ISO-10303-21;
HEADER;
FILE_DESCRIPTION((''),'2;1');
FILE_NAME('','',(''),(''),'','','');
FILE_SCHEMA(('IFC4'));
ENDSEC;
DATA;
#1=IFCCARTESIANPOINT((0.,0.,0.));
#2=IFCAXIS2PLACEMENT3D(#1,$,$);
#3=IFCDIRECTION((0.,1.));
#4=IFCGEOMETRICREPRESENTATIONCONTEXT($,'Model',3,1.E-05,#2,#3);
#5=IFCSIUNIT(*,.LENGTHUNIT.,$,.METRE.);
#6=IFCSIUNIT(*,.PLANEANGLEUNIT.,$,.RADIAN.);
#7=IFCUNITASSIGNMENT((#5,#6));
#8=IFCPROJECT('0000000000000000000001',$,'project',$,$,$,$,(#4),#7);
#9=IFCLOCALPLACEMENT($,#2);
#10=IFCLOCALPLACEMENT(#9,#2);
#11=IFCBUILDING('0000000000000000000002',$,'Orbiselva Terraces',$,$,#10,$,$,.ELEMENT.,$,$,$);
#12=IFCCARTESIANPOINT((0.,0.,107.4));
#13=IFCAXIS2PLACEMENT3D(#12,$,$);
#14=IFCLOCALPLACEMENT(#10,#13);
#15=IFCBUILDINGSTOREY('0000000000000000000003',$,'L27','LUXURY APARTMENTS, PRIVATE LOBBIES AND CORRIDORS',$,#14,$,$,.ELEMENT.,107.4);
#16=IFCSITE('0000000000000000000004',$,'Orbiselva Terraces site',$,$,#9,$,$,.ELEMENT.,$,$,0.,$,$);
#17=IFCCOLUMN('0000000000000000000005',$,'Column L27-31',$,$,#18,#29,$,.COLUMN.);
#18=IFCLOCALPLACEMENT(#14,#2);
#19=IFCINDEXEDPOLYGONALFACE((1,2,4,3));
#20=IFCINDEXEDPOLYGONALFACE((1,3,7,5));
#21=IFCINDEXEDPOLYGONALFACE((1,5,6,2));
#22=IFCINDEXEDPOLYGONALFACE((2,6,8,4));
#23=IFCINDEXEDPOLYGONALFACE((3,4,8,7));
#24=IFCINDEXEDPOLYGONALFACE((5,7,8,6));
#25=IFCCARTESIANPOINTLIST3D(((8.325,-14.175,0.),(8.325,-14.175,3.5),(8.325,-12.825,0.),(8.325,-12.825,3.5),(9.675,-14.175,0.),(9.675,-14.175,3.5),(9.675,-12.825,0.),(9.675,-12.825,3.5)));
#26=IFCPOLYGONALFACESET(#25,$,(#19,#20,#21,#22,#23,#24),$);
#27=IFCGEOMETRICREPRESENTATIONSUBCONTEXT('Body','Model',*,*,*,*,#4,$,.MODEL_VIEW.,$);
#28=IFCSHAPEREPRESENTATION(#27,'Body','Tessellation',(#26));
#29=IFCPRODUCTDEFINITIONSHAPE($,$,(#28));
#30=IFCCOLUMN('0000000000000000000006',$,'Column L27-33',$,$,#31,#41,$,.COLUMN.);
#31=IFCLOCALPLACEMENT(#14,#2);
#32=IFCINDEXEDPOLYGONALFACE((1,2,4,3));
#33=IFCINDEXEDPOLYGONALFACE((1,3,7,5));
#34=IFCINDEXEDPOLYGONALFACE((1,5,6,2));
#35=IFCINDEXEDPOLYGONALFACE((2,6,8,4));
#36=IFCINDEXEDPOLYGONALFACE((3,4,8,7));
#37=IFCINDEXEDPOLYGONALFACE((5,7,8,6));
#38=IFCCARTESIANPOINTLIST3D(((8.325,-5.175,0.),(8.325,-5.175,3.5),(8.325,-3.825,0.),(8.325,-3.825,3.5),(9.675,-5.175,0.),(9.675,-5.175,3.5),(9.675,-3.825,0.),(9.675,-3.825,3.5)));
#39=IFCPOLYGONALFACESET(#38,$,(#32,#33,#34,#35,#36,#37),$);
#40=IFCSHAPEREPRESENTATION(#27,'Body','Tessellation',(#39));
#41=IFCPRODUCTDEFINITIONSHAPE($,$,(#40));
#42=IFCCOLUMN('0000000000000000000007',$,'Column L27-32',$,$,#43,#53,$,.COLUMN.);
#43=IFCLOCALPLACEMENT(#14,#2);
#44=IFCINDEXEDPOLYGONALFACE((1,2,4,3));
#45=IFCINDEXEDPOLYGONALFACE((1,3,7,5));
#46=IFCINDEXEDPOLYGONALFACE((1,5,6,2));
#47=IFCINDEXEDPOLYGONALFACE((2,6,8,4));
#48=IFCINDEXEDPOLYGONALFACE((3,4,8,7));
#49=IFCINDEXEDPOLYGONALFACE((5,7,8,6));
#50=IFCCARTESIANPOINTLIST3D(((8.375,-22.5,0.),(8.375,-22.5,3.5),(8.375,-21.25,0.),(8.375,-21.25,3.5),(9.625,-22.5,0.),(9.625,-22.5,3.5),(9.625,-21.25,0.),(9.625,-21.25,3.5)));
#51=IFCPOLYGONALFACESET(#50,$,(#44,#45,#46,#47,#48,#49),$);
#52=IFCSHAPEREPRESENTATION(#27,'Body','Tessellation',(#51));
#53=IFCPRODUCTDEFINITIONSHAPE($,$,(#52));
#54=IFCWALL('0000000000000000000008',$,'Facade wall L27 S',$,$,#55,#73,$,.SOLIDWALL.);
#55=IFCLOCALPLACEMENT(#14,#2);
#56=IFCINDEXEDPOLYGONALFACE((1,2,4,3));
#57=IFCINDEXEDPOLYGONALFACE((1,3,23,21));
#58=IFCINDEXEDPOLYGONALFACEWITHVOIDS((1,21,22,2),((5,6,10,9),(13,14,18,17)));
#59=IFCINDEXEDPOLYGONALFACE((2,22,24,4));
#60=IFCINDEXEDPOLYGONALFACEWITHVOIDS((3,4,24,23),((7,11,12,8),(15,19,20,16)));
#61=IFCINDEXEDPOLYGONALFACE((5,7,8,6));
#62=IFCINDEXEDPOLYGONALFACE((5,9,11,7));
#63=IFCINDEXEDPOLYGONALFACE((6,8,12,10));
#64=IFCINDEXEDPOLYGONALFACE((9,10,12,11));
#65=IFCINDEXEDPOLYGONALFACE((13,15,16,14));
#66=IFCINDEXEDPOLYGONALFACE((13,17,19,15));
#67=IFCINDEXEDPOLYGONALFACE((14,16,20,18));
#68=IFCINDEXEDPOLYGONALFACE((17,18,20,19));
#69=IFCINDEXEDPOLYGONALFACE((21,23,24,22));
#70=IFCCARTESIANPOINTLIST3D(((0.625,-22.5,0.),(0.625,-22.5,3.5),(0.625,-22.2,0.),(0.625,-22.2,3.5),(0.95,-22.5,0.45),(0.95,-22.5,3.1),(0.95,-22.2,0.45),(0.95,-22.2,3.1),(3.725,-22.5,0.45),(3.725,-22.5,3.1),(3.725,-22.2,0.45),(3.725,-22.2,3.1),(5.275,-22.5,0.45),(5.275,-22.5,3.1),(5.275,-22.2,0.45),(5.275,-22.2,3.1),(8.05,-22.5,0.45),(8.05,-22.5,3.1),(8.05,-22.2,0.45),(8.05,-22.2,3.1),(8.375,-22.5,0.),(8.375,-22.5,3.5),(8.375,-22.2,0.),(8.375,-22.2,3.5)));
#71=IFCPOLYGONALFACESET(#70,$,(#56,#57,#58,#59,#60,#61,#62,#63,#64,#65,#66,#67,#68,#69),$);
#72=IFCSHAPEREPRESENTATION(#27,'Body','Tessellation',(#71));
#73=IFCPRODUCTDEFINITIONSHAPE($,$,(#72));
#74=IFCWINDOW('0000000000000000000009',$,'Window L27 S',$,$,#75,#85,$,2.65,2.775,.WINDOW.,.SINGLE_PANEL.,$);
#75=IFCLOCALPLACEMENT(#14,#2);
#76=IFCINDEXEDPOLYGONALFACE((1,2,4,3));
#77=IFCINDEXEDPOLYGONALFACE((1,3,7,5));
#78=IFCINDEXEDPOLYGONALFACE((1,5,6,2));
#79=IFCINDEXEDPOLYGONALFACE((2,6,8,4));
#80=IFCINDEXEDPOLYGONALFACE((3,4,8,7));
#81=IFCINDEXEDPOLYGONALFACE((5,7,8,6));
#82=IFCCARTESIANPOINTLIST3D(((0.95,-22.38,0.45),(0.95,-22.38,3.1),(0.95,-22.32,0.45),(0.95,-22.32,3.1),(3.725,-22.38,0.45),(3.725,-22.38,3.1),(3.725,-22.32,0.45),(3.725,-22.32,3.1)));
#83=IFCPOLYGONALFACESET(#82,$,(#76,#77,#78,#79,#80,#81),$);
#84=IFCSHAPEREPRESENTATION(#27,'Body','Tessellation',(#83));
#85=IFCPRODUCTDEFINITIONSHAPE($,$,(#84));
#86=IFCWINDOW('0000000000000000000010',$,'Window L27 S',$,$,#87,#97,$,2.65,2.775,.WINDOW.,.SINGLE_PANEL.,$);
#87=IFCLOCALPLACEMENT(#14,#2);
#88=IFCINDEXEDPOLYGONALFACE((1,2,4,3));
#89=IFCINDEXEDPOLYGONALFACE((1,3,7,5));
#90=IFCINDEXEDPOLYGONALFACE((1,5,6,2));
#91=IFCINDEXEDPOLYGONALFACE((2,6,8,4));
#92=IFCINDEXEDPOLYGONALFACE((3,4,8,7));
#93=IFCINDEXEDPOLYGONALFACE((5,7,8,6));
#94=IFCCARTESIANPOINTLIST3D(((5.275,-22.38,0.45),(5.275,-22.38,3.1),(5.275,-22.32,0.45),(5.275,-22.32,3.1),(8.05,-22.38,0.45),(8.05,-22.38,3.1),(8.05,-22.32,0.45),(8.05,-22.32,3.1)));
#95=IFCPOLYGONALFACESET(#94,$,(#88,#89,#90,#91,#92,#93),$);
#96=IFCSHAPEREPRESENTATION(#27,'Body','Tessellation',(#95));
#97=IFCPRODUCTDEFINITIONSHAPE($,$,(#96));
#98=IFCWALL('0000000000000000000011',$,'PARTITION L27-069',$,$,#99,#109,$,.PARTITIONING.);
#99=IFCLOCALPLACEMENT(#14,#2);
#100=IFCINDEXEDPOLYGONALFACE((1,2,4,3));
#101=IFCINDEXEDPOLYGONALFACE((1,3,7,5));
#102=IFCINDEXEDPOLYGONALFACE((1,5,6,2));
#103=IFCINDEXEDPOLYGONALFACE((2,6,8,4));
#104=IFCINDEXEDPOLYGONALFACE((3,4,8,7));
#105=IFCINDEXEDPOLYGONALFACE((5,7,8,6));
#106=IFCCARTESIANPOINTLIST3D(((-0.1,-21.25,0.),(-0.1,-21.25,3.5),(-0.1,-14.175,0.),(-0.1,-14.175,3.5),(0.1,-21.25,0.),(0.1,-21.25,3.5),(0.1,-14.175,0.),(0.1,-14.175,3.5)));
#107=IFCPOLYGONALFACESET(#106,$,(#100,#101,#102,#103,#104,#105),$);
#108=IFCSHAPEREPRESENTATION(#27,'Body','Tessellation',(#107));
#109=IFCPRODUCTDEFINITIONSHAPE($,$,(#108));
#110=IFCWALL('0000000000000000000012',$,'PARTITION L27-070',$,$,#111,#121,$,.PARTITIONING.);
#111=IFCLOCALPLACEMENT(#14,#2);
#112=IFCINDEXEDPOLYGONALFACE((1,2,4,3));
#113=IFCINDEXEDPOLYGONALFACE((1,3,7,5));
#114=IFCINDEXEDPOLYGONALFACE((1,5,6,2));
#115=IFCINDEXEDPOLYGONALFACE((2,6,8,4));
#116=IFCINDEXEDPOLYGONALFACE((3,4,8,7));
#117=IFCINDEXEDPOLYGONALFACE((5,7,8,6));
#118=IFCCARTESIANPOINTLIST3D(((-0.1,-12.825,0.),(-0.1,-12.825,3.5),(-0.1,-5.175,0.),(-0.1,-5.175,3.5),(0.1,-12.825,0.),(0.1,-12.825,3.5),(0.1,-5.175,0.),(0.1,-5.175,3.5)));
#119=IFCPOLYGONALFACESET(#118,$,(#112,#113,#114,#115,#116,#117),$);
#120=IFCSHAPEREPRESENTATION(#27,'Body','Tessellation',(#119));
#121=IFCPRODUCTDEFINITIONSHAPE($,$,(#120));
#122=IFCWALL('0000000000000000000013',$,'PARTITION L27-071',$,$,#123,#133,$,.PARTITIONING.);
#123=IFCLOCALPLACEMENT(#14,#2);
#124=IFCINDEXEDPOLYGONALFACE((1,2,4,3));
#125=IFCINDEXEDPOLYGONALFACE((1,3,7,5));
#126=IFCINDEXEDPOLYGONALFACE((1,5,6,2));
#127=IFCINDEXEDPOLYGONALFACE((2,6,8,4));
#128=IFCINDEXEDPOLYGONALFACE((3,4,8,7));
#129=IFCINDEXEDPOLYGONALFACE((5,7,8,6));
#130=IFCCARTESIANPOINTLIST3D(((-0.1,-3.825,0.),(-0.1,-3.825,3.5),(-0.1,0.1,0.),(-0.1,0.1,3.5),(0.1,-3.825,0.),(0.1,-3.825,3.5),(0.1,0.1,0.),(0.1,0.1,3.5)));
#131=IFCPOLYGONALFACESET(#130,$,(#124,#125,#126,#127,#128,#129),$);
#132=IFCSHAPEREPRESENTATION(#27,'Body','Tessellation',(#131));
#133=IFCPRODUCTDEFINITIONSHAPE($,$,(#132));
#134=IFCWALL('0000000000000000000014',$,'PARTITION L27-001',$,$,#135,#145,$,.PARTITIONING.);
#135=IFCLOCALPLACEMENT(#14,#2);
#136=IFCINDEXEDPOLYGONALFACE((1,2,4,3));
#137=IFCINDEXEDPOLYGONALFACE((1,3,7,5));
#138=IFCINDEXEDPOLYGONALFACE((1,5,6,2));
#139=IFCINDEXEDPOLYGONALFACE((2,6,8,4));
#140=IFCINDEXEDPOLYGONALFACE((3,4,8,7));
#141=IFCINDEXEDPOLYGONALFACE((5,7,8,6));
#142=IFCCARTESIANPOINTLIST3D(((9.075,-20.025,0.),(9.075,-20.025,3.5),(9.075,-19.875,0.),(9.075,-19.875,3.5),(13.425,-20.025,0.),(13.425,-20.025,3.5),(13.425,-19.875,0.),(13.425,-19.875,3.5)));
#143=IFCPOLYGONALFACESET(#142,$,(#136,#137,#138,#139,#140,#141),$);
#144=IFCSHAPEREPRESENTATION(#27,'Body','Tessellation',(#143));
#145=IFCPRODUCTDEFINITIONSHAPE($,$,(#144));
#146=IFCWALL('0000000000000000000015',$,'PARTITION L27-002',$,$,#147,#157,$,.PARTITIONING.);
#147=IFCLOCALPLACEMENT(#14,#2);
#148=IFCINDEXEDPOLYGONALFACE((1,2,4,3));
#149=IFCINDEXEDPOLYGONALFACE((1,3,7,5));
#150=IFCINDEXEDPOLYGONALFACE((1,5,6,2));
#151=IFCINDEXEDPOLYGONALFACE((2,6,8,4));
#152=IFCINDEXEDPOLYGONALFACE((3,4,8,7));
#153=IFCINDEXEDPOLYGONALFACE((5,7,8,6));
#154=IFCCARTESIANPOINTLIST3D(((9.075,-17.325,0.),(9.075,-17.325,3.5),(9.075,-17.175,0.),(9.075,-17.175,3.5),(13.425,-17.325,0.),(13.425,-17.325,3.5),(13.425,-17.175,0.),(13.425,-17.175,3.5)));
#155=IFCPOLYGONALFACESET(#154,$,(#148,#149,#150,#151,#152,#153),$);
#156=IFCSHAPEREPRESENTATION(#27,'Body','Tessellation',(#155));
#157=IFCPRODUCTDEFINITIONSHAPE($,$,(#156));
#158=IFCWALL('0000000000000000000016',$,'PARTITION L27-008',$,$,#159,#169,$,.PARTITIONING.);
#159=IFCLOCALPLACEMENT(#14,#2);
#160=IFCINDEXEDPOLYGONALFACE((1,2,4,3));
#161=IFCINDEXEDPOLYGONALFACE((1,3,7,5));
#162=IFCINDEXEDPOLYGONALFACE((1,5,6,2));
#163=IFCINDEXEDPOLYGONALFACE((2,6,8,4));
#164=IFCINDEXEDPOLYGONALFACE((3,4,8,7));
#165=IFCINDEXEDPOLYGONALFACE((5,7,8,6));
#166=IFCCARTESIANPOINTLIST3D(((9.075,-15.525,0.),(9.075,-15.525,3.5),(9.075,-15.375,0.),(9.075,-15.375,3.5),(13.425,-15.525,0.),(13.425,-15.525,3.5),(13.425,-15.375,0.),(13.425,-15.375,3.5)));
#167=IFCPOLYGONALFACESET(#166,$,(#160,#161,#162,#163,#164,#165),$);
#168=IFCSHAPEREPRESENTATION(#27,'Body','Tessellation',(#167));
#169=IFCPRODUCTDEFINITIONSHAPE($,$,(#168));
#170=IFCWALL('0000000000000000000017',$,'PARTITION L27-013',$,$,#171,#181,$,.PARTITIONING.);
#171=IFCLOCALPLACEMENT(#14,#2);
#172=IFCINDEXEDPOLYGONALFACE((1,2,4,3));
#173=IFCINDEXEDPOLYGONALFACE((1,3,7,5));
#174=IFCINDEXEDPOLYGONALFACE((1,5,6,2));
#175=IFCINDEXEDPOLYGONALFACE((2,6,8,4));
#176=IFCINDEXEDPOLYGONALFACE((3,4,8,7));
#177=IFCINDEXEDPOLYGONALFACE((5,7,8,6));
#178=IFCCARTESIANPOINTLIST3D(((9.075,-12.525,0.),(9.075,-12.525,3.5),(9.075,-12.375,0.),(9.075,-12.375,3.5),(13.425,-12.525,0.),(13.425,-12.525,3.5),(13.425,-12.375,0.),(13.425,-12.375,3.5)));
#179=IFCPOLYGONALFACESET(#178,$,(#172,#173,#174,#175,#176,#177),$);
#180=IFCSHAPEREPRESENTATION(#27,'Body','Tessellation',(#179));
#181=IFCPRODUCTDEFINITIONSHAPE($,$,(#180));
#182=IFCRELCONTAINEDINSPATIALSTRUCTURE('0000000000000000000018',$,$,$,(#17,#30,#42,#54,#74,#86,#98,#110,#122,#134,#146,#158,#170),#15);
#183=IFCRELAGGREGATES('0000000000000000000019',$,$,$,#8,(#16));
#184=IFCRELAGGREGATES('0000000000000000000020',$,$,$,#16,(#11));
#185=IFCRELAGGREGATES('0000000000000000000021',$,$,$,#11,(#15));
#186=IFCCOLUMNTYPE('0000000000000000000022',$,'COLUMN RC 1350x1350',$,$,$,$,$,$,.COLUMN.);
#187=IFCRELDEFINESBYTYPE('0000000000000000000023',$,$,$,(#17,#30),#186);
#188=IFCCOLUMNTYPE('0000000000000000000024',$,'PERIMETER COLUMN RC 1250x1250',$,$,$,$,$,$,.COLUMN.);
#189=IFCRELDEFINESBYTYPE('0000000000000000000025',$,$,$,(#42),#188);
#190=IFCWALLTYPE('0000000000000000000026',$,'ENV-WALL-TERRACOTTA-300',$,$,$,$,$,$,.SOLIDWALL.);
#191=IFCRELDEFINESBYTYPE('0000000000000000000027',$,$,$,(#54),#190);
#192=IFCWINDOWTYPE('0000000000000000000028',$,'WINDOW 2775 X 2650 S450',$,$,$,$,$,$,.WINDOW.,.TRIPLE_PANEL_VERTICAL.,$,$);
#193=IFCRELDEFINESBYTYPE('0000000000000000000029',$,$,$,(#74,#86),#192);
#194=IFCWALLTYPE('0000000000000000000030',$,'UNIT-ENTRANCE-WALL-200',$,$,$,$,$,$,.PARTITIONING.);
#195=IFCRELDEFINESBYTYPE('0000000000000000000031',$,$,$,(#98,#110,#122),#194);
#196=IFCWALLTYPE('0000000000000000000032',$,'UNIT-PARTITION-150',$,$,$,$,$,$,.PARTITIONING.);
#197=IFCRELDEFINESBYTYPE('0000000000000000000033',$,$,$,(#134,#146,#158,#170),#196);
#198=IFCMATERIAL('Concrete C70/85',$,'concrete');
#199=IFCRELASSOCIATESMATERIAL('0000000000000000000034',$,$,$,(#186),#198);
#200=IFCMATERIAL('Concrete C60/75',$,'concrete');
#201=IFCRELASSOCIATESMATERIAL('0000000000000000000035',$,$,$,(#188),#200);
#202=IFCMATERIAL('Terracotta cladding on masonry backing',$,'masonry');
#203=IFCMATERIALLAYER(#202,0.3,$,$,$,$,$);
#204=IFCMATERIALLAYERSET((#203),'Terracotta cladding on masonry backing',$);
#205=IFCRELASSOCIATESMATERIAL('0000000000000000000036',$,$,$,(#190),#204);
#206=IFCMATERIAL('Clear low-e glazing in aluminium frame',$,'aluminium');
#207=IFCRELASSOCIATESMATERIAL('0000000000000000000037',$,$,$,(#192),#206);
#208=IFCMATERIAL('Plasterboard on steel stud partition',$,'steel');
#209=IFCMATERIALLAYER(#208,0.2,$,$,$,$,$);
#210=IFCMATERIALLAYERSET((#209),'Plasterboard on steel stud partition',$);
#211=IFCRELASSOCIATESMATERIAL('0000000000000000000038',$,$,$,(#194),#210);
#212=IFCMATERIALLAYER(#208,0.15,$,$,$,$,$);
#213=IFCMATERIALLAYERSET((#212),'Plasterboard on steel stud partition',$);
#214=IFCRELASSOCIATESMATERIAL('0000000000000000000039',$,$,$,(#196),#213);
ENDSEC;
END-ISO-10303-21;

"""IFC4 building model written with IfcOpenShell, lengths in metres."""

from ifc_helpers import new_model, si_unit, direction, frame, frame_2d, origin, origin_2d, place, context, subcontext, project, spatial, rectangle, extrude, material, layer, layer_set, material_profile, profile_set, type_object, element, fill, save


model = new_model("IFC4")

# Units and contexts
model_context = context("Model", 3, precision=1e-05, world=origin(), true_north=direction((0.0, 1.0)))
body_context = subcontext(model_context, "Body", "Model", "MODEL_VIEW")
ifc_project = project(units=[si_unit("LENGTHUNIT", "METRE"), si_unit("PLANEANGLEUNIT", "RADIAN")], contexts=[model_context])

# Site, building, storey
site_placement = place(None, origin())
site = spatial("IfcSite", under=ifc_project, at=site_placement, Name="Orbiselva Terraces site", CompositionType="ELEMENT", RefElevation=0.0)
building_placement = place(site_placement, origin())
building = spatial("IfcBuilding", under=site, at=building_placement, Name="Orbiselva Terraces", CompositionType="ELEMENT")
storey_placement = place(building_placement, frame((0.0, 0.0, 107.4)))
storey = spatial("IfcBuildingStorey", under=building, at=storey_placement, Name="L27", Description="LUXURY APARTMENTS, PRIVATE LOBBIES AND CORRIDORS", CompositionType="ELEMENT", Elevation=107.4)

# Columns
ifc_material_1 = material(Name="Concrete C70/85", Category="concrete")
ifc_material_profile_1 = material_profile(ifc_material_1, rectangle(XDim=1.35, YDim=1.35, at=origin_2d()), Name="RC 1350x1350")
ifc_profile_set_1 = profile_set([ifc_material_profile_1], Name="Concrete C70/85")
column_type_1 = type_object("IfcColumnType", Name="COLUMN RC 1350x1350", PredefinedType="COLUMN", material=ifc_profile_set_1)
for number, where, z_axis, x_axis, name in (
    (1, (9.0, -13.5, 0.0), (0.0, 0.0, 1.0), (1.0, 0.0, 0.0), "Column L27-31"),
    (2, (9.0, -4.5, 0.0), (0.0, 0.0, 1.0), (1.0, 0.0, 0.0), "Column L27-33"),
):
    element("IfcColumn", number, at=place(storey_placement, frame(where, z_axis=z_axis, x_axis=x_axis)), inside=storey, type_object=column_type_1, Name=name, PredefinedType="COLUMN", context=body_context, shape_type="SweptSolid", body=[
        extrude(rectangle(XDim=1.35, YDim=1.35, at=origin_2d()), origin(), (0.0, 0.0, 1.0), 3.5),
    ])
ifc_material_2 = material(Name="Concrete C60/75", Category="concrete")
ifc_material_profile_2 = material_profile(ifc_material_2, rectangle(XDim=1.25, YDim=1.25, at=origin_2d()), Name="RC 1250x1250")
ifc_profile_set_2 = profile_set([ifc_material_profile_2], Name="Concrete C60/75")
column_type_2 = type_object("IfcColumnType", Name="PERIMETER COLUMN RC 1250x1250", PredefinedType="COLUMN", material=ifc_profile_set_2)
column_placement = place(storey_placement, frame((9.0, -21.875, 0.0), z_axis=(0.0, 0.0, 1.0), x_axis=(1.0, 0.0, 0.0)))
element("IfcColumn", 3, at=column_placement, inside=storey, type_object=column_type_2, Name="Column L27-32", PredefinedType="COLUMN", context=body_context, shape_type="SweptSolid", body=[
    extrude(rectangle(XDim=1.25, YDim=1.25, at=origin_2d()), origin(), (0.0, 0.0, 1.0), 3.5),
])

# Wall, openings, windows
ifc_material_3 = material(Name="Terracotta cladding on masonry backing", Category="masonry")
ifc_layer_1 = layer(ifc_material_3, 0.3)
ifc_layer_set_1 = layer_set([ifc_layer_1], Name="Terracotta cladding on masonry backing")
wall_type_1 = type_object("IfcWallType", Name="ENV-WALL-TERRACOTTA-300", PredefinedType="SOLIDWALL", material=ifc_layer_set_1)
wall_1_placement = place(storey_placement, frame((8.375, -22.35, 0.0), z_axis=(0.0, 0.0, 1.0), x_axis=(-1.0, 0.0, 0.0)))
wall_1 = element("IfcWall", 4, at=wall_1_placement, inside=storey, type_object=wall_type_1, Name="Facade wall L27 S", PredefinedType="SOLIDWALL", context=body_context, shape_type="SweptSolid", body=[
    extrude(rectangle(XDim=7.75, YDim=0.3, at=frame_2d((3.875, 0.0))), origin(), (0.0, 0.0, 1.0), 3.5),
])
opening_1_placement = place(wall_1_placement, frame((4.65, 0.0, 0.45)))
opening_1 = element("IfcOpeningElement", 5, at=opening_1_placement, cuts=wall_1, PredefinedType="OPENING", context=body_context, shape_type="SweptSolid", body=[
    extrude(rectangle(XDim=2.775, YDim=2.65, at=frame_2d((1.3875, 1.325))), frame((0.0, 0.16, 0.0), z_axis=(0.0, -1.0, 0.0), x_axis=(1.0, 0.0, 0.0)), (0.0, 0.0, 1.0), 0.32),
])
opening_2_placement = place(wall_1_placement, frame((0.325, 0.0, 0.45)))
opening_2 = element("IfcOpeningElement", 6, at=opening_2_placement, cuts=wall_1, PredefinedType="OPENING", context=body_context, shape_type="SweptSolid", body=[
    extrude(rectangle(XDim=2.775, YDim=2.65, at=frame_2d((1.3875, 1.325))), frame((0.0, 0.16, 0.0), z_axis=(0.0, -1.0, 0.0), x_axis=(1.0, 0.0, 0.0)), (0.0, 0.0, 1.0), 0.32),
])
ifc_material_4 = material(Name="Clear low-e glazing in aluminium frame", Category="aluminium")
window_type = type_object("IfcWindowType", Name="WINDOW 2775 X 2650 S450", PartitioningType="TRIPLE_PANEL_VERTICAL", PredefinedType="WINDOW", material=ifc_material_4)
window_1_placement = place(opening_1_placement, origin())
window_1 = element("IfcWindow", 7, at=window_1_placement, inside=storey, type_object=window_type, Name="Window L27 S", OverallHeight=2.65, OverallWidth=2.775, PartitioningType="SINGLE_PANEL", PredefinedType="WINDOW", context=body_context, shape_type="SweptSolid", body=[
    extrude(rectangle(XDim=2.775, YDim=2.65, at=frame_2d((1.3875, 1.325))), frame((0.0, 0.03, 0.0), z_axis=(0.0, -1.0, 0.0), x_axis=(1.0, 0.0, 0.0)), (0.0, 0.0, 1.0), 0.06),
])
fill(opening_1, window_1)
window_2_placement = place(opening_2_placement, origin())
window_2 = element("IfcWindow", 8, at=window_2_placement, inside=storey, type_object=window_type, Name="Window L27 S", OverallHeight=2.65, OverallWidth=2.775, PartitioningType="SINGLE_PANEL", PredefinedType="WINDOW", context=body_context, shape_type="SweptSolid", body=[
    extrude(rectangle(XDim=2.775, YDim=2.65, at=frame_2d((1.3875, 1.325))), frame((0.0, 0.03, 0.0), z_axis=(0.0, -1.0, 0.0), x_axis=(1.0, 0.0, 0.0)), (0.0, 0.0, 1.0), 0.06),
])
fill(opening_2, window_2)

# Walls
ifc_material_5 = material(Name="Plasterboard on steel stud partition", Category="steel")
ifc_layer_2 = layer(ifc_material_5, 0.2)
ifc_layer_set_2 = layer_set([ifc_layer_2], Name="Plasterboard on steel stud partition")
wall_type_2 = type_object("IfcWallType", Name="UNIT-ENTRANCE-WALL-200", PredefinedType="PARTITIONING", material=ifc_layer_set_2)
wall_2_placement = place(storey_placement, frame((0.0, -21.25, 0.0), z_axis=(0.0, 0.0, 1.0), x_axis=(0.0, 1.0, 0.0)))
element("IfcWall", 9, at=wall_2_placement, inside=storey, type_object=wall_type_2, Name="PARTITION L27-069", PredefinedType="PARTITIONING", context=body_context, shape_type="SweptSolid", body=[
    extrude(rectangle(XDim=7.075, YDim=0.2, at=frame_2d((3.5375, 0.0))), origin(), (0.0, 0.0, 1.0), 3.5),
])
wall_3_placement = place(storey_placement, frame((0.0, -12.825, 0.0), z_axis=(0.0, 0.0, 1.0), x_axis=(0.0, 1.0, 0.0)))
element("IfcWall", 10, at=wall_3_placement, inside=storey, type_object=wall_type_2, Name="PARTITION L27-070", PredefinedType="PARTITIONING", context=body_context, shape_type="SweptSolid", body=[
    extrude(rectangle(XDim=7.65, YDim=0.2, at=frame_2d((3.825, 0.0))), origin(), (0.0, 0.0, 1.0), 3.5),
])
wall_4_placement = place(storey_placement, frame((0.0, -3.825, 0.0), z_axis=(0.0, 0.0, 1.0), x_axis=(0.0, 1.0, 0.0)))
element("IfcWall", 11, at=wall_4_placement, inside=storey, type_object=wall_type_2, Name="PARTITION L27-071", PredefinedType="PARTITIONING", context=body_context, shape_type="SweptSolid", body=[
    extrude(rectangle(XDim=3.925, YDim=0.2, at=frame_2d((1.9625, 0.0))), origin(), (0.0, 0.0, 1.0), 3.5),
])
ifc_layer_3 = layer(ifc_material_5, 0.15)
ifc_layer_set_3 = layer_set([ifc_layer_3], Name="Plasterboard on steel stud partition")
wall_type_3 = type_object("IfcWallType", Name="UNIT-PARTITION-150", PredefinedType="PARTITIONING", material=ifc_layer_set_3)
for number, where, z_axis, x_axis, name in (
    (12, (9.075, -19.95, 0.0), (0.0, 0.0, 1.0), (1.0, 0.0, 0.0), "PARTITION L27-001"),
    (13, (9.075, -17.25, 0.0), (0.0, 0.0, 1.0), (1.0, 0.0, 0.0), "PARTITION L27-002"),
    (14, (9.075, -15.45, 0.0), (0.0, 0.0, 1.0), (1.0, 0.0, 0.0), "PARTITION L27-008"),
    (15, (9.075, -12.45, 0.0), (0.0, 0.0, 1.0), (1.0, 0.0, 0.0), "PARTITION L27-013"),
):
    element("IfcWall", number, at=place(storey_placement, frame(where, z_axis=z_axis, x_axis=x_axis)), inside=storey, type_object=wall_type_3, Name=name, PredefinedType="PARTITIONING", context=body_context, shape_type="SweptSolid", body=[
        extrude(rectangle(XDim=4.35, YDim=0.15, at=frame_2d((2.175, 0.0))), origin(), (0.0, 0.0, 1.0), 3.5),
    ])

save(model, "model.ifc")
